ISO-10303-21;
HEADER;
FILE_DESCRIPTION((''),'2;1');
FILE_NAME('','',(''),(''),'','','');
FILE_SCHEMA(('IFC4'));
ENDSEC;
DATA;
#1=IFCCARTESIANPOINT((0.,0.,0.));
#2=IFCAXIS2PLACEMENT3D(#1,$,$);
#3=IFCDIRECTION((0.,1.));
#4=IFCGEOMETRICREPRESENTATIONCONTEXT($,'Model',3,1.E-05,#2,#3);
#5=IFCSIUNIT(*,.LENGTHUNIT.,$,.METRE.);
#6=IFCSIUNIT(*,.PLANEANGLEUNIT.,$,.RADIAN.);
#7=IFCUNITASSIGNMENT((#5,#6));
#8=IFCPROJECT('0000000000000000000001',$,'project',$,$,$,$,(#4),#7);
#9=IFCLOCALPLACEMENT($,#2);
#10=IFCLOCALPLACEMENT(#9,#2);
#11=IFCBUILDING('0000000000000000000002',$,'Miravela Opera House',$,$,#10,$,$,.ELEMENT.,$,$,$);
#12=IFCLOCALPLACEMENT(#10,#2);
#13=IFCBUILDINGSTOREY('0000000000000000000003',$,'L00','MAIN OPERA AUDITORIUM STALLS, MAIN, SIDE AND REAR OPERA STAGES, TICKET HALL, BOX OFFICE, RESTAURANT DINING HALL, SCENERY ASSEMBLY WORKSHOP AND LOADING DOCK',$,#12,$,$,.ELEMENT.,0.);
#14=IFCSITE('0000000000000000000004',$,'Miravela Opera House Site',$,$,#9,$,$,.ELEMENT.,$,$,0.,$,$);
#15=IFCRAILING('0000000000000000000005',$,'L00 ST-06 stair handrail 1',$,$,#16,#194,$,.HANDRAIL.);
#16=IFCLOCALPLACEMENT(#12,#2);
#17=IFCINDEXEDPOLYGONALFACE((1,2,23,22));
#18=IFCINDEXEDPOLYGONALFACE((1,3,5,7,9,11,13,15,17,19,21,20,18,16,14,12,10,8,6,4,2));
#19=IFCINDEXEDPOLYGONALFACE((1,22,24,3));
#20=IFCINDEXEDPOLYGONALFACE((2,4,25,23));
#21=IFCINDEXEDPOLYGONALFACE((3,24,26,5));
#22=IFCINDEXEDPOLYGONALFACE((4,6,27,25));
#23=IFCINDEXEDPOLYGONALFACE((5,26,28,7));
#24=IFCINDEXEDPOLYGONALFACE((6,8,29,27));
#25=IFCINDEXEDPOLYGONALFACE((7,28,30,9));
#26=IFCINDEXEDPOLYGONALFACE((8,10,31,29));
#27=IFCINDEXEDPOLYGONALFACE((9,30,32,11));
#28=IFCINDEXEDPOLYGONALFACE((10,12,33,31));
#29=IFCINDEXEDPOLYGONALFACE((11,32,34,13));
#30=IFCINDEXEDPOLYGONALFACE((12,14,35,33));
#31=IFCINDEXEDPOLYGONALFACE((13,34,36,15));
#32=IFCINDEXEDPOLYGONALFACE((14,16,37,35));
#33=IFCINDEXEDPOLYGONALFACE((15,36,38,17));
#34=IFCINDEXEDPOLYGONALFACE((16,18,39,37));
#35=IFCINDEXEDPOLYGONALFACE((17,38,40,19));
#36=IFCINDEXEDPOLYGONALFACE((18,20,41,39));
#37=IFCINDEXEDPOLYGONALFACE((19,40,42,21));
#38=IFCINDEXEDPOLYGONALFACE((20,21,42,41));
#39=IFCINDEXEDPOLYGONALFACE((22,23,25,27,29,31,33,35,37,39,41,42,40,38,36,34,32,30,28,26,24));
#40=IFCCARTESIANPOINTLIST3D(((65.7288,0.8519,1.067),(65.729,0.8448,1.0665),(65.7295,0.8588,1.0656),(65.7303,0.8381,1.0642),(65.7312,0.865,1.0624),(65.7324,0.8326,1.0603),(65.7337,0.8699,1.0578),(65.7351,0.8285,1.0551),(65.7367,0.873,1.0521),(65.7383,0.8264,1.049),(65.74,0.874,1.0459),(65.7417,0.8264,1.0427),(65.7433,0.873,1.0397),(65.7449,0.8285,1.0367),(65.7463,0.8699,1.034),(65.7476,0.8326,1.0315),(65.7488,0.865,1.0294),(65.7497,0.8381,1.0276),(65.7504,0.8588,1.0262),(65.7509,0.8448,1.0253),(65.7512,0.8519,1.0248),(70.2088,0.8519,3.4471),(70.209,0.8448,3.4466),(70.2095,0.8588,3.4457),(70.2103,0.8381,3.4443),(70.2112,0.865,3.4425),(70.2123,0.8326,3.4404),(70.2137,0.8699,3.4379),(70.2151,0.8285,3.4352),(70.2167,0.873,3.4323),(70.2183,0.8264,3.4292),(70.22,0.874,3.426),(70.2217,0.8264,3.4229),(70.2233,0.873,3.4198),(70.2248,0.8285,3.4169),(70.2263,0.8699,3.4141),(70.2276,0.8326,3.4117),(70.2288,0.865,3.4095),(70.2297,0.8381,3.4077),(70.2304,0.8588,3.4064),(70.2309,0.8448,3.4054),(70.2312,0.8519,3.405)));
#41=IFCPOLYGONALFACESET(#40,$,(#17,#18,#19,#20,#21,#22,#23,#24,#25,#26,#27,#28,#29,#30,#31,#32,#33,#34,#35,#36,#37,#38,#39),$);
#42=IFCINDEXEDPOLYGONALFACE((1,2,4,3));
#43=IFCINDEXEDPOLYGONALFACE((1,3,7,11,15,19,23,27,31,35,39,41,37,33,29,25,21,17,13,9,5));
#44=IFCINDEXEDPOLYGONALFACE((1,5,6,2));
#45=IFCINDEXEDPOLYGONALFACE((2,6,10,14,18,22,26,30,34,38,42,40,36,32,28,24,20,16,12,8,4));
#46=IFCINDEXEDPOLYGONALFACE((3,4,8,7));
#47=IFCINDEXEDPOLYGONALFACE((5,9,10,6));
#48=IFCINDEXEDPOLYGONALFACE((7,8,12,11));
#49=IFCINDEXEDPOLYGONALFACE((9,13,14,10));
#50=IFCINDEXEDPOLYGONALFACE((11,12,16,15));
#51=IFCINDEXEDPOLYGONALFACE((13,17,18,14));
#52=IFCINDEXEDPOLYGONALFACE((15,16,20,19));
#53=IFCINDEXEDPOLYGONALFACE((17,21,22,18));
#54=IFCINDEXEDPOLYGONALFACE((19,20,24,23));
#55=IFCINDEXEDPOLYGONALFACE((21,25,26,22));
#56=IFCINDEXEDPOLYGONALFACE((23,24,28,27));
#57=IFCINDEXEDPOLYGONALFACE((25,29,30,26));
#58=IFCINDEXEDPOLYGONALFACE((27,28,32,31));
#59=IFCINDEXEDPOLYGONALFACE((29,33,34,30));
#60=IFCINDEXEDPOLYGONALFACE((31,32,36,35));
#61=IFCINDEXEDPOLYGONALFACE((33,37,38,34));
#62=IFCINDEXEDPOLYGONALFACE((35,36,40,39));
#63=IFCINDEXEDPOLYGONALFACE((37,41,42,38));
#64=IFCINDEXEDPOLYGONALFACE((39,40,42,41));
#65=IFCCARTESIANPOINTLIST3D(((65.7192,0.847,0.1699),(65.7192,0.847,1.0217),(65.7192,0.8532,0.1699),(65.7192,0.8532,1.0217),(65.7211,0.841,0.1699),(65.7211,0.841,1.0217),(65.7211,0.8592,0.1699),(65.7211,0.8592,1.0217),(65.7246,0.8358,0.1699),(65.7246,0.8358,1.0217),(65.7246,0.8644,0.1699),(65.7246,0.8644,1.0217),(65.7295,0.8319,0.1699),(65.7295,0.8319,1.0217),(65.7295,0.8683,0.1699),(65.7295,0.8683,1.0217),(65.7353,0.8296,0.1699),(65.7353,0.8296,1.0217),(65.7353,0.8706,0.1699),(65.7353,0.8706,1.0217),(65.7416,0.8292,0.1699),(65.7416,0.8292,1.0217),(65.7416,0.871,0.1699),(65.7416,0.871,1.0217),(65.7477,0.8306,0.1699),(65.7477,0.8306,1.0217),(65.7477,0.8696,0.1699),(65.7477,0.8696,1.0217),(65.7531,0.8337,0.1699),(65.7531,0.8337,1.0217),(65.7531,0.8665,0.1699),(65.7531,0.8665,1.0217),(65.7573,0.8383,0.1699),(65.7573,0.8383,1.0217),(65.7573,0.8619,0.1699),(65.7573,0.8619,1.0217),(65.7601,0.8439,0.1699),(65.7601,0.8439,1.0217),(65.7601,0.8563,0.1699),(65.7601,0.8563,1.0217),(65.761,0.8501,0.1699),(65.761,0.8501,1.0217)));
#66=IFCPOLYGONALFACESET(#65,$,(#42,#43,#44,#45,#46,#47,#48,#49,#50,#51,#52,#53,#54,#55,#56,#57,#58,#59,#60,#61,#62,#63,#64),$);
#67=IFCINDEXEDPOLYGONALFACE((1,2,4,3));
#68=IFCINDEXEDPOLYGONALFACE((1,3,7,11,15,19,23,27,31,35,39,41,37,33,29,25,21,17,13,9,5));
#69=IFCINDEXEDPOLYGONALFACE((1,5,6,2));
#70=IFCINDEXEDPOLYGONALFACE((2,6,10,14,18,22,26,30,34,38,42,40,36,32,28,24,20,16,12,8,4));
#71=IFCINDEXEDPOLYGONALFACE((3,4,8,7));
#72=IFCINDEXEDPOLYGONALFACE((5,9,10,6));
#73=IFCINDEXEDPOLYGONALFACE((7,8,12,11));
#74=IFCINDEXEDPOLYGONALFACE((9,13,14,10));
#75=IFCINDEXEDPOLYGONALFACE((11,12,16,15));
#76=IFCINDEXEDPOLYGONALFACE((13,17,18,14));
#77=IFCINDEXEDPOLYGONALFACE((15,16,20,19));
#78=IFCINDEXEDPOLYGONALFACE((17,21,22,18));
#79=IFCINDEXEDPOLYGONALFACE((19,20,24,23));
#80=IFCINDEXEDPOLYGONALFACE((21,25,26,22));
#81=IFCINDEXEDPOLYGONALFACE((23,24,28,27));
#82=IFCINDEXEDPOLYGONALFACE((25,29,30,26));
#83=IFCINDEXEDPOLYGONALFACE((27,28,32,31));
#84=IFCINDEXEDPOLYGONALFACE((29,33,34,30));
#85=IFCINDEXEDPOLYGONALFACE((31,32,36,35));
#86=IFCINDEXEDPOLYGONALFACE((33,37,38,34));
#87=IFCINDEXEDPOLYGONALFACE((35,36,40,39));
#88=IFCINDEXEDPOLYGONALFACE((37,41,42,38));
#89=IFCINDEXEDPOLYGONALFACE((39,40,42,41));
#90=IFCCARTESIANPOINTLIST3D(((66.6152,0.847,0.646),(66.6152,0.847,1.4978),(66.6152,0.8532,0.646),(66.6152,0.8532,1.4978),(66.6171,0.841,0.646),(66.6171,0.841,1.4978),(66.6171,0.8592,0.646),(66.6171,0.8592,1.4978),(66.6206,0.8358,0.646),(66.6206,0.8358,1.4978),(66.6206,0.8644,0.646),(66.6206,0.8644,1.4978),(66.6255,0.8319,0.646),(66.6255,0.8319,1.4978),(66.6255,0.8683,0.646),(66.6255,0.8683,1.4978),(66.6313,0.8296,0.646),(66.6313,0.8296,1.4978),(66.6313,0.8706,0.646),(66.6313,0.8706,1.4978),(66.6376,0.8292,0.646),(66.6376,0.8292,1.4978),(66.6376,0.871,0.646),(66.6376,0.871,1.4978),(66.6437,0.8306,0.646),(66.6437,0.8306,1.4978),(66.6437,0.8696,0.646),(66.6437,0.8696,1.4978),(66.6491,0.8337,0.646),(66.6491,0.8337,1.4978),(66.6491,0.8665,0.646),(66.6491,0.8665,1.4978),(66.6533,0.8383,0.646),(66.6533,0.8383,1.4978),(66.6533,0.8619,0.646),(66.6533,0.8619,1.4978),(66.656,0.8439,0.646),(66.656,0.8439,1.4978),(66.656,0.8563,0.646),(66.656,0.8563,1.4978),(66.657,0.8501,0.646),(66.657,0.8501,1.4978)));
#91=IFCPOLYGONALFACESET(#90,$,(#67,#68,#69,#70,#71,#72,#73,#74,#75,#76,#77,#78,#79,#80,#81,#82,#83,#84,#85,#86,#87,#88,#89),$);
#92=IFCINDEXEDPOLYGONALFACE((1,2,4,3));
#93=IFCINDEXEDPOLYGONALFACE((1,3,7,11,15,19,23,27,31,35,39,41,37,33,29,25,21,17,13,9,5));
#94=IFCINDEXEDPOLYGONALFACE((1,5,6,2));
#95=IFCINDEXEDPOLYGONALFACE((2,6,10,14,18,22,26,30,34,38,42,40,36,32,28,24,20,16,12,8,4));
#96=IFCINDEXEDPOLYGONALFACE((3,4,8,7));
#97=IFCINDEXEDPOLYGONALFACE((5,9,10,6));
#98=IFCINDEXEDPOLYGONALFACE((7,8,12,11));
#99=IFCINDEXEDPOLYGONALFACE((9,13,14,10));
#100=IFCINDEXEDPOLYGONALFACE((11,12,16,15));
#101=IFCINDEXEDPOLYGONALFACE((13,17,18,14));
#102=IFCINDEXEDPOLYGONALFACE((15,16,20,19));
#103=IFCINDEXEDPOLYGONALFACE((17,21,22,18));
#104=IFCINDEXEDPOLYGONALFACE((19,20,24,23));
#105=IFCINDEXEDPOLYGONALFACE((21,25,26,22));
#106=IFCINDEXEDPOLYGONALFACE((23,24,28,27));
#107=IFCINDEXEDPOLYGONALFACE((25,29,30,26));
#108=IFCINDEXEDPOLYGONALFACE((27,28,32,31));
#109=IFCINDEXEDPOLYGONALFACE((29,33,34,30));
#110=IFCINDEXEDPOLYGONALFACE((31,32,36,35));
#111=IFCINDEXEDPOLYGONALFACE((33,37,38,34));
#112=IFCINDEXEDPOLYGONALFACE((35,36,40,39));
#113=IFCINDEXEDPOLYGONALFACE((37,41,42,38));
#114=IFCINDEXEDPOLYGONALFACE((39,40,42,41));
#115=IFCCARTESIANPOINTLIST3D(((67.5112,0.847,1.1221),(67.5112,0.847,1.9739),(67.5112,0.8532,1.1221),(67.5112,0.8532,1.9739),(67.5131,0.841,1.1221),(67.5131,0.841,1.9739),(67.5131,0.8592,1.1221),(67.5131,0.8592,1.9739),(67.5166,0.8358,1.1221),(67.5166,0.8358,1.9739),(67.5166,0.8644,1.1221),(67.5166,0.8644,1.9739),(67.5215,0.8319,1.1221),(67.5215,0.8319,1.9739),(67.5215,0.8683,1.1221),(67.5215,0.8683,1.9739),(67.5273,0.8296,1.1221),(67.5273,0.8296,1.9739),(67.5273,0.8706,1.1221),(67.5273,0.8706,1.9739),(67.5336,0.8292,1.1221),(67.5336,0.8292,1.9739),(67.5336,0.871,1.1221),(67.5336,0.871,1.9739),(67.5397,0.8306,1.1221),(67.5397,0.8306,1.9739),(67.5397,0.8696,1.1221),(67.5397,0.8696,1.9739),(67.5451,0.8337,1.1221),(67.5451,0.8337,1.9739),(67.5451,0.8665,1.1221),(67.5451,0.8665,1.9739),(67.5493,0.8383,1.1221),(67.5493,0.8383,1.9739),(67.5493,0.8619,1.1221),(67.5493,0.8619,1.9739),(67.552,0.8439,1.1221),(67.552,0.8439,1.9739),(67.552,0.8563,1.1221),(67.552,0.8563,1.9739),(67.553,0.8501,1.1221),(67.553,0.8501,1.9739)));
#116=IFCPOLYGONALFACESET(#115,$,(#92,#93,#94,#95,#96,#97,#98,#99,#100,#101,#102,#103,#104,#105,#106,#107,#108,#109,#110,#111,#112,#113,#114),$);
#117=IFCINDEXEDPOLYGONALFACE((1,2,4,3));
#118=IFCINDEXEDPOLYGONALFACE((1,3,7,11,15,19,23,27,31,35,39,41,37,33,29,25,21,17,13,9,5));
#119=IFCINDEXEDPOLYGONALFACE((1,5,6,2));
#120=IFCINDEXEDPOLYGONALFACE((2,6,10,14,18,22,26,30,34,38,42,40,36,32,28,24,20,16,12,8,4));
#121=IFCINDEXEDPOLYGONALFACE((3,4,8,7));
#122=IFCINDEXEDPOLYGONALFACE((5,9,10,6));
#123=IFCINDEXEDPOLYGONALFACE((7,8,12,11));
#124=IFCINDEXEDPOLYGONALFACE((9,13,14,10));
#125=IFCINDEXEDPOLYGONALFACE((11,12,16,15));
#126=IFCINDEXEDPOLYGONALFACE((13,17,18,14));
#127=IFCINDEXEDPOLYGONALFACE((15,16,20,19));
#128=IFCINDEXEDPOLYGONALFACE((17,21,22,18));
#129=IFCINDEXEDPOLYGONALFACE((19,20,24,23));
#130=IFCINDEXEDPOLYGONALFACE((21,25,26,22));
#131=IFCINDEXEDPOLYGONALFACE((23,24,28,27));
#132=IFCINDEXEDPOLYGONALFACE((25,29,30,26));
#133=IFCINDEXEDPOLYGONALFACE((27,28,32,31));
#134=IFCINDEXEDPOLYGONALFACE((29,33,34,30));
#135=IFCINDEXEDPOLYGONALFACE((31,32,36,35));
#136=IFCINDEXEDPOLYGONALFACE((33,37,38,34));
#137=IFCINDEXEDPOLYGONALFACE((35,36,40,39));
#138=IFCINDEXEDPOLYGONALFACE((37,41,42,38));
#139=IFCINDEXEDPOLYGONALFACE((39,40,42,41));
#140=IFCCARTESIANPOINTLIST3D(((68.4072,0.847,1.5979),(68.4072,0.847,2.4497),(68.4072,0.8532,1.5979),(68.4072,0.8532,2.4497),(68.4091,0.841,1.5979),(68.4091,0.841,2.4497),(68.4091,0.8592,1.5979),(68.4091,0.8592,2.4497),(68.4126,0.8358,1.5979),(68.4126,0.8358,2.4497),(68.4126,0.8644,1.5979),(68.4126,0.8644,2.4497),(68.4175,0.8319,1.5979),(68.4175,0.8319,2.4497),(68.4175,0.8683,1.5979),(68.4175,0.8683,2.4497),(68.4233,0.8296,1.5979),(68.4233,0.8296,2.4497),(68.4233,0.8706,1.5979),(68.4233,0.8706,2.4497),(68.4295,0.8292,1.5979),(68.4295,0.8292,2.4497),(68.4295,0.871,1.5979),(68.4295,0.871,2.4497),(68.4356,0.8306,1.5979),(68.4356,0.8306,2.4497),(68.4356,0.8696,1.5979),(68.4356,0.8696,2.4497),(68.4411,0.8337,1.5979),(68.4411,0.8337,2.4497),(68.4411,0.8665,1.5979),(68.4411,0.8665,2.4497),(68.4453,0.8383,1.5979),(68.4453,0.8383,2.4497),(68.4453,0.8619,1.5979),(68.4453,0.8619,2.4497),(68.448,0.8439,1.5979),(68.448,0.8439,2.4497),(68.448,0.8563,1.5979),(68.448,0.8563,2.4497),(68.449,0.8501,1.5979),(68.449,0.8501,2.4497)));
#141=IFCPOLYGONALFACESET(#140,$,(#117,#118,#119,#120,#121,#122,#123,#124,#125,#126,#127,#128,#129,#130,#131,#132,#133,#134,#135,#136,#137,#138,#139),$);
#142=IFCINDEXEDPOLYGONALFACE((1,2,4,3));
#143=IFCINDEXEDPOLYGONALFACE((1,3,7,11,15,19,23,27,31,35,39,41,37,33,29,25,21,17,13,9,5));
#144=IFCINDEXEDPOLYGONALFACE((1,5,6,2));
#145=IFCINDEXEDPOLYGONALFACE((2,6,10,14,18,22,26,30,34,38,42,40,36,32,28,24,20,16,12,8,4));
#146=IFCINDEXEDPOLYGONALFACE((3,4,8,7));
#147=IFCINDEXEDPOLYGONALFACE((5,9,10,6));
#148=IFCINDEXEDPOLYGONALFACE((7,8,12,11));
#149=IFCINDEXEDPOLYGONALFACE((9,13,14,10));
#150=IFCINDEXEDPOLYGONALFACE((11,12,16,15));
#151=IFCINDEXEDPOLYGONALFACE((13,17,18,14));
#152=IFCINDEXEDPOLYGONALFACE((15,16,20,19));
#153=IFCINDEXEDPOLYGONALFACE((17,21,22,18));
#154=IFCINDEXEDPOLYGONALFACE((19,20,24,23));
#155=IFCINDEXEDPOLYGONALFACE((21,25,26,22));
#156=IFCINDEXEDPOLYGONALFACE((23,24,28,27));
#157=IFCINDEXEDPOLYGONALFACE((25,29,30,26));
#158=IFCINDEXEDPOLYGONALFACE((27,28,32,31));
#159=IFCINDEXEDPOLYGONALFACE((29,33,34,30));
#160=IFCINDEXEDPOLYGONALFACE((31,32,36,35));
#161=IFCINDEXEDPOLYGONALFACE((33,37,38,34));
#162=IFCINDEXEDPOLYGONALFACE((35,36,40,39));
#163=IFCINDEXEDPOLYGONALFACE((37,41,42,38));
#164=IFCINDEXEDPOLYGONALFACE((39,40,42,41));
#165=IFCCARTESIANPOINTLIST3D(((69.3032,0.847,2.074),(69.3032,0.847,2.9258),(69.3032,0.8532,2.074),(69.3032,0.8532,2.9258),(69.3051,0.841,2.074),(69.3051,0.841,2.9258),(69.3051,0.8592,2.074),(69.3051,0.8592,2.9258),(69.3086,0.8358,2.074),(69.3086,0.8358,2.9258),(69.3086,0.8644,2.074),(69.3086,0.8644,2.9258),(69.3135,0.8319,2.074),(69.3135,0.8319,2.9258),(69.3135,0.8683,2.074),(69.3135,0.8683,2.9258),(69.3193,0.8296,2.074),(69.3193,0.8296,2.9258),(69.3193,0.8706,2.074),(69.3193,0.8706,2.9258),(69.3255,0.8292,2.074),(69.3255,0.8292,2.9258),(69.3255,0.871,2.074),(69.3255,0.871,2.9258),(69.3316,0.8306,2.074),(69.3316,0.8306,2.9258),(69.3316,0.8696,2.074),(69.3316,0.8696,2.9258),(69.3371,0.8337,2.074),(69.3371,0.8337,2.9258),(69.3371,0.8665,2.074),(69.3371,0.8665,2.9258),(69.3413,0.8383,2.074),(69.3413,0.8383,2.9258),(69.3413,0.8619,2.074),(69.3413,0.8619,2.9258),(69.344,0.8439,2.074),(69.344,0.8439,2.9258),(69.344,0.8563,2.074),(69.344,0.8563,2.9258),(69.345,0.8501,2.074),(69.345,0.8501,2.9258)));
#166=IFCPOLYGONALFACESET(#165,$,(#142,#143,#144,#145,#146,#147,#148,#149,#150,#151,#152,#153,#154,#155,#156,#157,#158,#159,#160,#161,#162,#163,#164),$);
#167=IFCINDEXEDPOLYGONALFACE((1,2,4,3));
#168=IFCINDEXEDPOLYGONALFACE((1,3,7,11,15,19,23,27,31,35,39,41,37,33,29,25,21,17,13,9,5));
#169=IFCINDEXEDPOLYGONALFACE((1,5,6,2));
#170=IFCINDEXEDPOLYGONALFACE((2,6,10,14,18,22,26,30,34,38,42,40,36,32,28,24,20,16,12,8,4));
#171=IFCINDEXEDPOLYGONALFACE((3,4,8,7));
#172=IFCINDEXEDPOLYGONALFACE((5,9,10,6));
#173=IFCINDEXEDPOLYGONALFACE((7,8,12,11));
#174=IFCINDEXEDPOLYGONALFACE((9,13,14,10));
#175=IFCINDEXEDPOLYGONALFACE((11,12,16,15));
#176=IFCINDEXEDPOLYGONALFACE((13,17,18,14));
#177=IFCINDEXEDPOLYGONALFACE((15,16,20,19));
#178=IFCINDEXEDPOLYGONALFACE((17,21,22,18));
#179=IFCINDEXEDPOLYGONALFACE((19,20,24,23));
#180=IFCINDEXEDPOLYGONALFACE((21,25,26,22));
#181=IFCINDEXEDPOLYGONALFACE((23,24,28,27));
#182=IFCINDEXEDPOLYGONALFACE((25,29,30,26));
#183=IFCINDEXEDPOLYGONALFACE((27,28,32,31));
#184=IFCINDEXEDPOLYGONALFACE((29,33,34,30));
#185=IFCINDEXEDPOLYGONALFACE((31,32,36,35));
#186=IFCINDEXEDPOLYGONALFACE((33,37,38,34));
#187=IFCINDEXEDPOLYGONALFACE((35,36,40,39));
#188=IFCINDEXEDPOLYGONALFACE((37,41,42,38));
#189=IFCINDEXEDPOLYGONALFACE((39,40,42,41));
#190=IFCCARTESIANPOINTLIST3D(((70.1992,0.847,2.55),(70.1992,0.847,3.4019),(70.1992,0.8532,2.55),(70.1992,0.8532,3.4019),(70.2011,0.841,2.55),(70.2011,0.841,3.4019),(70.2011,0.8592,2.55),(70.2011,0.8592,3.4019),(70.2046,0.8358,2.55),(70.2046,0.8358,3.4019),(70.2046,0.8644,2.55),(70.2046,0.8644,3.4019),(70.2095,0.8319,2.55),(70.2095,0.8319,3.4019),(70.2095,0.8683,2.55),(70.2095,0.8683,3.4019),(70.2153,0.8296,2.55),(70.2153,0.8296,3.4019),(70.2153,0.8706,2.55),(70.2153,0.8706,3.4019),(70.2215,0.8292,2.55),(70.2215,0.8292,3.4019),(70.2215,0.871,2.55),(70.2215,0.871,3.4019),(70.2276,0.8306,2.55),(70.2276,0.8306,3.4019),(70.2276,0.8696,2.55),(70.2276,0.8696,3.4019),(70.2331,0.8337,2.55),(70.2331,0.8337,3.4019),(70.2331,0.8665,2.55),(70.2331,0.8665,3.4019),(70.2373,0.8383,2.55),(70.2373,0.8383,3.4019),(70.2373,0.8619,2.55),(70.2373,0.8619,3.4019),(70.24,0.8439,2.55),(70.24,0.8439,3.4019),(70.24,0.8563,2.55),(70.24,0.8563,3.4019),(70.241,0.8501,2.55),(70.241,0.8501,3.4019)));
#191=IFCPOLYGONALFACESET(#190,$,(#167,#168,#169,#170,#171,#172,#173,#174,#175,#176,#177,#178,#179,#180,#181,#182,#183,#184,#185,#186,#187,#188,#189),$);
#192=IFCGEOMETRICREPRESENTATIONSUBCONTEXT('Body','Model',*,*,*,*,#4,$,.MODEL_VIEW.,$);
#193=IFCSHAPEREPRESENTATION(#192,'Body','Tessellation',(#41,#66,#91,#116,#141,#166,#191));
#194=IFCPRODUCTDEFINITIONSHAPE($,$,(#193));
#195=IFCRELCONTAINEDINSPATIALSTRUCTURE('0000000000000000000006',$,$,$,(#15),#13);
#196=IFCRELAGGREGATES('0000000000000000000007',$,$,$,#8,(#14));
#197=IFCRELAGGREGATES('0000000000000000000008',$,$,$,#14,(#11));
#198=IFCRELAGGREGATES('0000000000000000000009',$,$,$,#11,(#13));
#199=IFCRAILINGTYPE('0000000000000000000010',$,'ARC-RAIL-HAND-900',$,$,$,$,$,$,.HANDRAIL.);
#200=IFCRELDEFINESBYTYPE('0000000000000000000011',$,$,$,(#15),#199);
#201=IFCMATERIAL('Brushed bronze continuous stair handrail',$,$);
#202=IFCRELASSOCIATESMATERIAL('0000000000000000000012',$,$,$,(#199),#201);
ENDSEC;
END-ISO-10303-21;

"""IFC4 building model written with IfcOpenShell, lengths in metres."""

from ifc_helpers import new_model, si_unit, direction, frame, origin, origin_2d, place, context, subcontext, project, spatial, circle, extrude, material, type_object, element, save


model = new_model("IFC4")

# Units and contexts
model_context = context("Model", 3, precision=1e-05, world=origin(), true_north=direction((0.0, 1.0)))
body_context = subcontext(model_context, "Body", "Model", "MODEL_VIEW")
ifc_project = project(units=[si_unit("LENGTHUNIT", "METRE"), si_unit("PLANEANGLEUNIT", "RADIAN")], contexts=[model_context])

# Site, building, storey
site_placement = place(None, origin())
site = spatial("IfcSite", under=ifc_project, at=site_placement, Name="Miravela Opera House Site", CompositionType="ELEMENT", RefElevation=0.0)
building_placement = place(site_placement, origin())
building = spatial("IfcBuilding", under=site, at=building_placement, Name="Miravela Opera House", CompositionType="ELEMENT")
storey_placement = place(building_placement, origin())
storey = spatial("IfcBuildingStorey", under=building, at=storey_placement, Name="L00", Description="MAIN OPERA AUDITORIUM STALLS, MAIN, SIDE AND REAR OPERA STAGES, TICKET HALL, BOX OFFICE, RESTAURANT DINING HALL, SCENERY ASSEMBLY WORKSHOP AND LOADING DOCK", CompositionType="ELEMENT", Elevation=0.0)

# Railing
ifc_material_1 = material(Name="Brushed bronze continuous stair handrail")
railing_type_1 = type_object("IfcRailingType", Name="ARC-RAIL-HAND-900", PredefinedType="HANDRAIL", material=ifc_material_1)
railing_1_placement = place(storey_placement, frame((65.74, 0.8501, 0.1699)))
element("IfcRailing", 1, at=railing_1_placement, inside=storey, type_object=railing_type_1, Name="L00 ST-06 stair handrail 1", PredefinedType="HANDRAIL", context=body_context, shape_type="SweptSolid", body=[
    extrude(circle(Radius=0.0239, at=origin_2d()), frame((0.0, 0.0, 0.876), z_axis=(0.883105, 0.0, 0.469176), x_axis=(0.0, 1.0, 0.0)), (0.0, 0.0, 1.0), 5.073),
    extrude(circle(Radius=0.021, at=origin_2d()), origin(), (0.0, 0.0, 1.0), 0.8518),
    extrude(circle(Radius=0.021, at=origin_2d()), frame((0.896, 0.0, 0.4761)), (0.0, 0.0, 1.0), 0.8518),
    extrude(circle(Radius=0.021, at=origin_2d()), frame((1.792, 0.0, 0.9521)), (0.0, 0.0, 1.0), 0.8518),
    extrude(circle(Radius=0.021, at=origin_2d()), frame((2.688, 0.0, 1.428)), (0.0, 0.0, 1.0), 0.8518),
    extrude(circle(Radius=0.021, at=origin_2d()), frame((3.584, 0.0, 1.9041)), (0.0, 0.0, 1.0), 0.8518),
    extrude(circle(Radius=0.021, at=origin_2d()), frame((4.48, 0.0, 2.3801)), (0.0, 0.0, 1.0), 0.8518),
])

save(model, "model.ifc")
